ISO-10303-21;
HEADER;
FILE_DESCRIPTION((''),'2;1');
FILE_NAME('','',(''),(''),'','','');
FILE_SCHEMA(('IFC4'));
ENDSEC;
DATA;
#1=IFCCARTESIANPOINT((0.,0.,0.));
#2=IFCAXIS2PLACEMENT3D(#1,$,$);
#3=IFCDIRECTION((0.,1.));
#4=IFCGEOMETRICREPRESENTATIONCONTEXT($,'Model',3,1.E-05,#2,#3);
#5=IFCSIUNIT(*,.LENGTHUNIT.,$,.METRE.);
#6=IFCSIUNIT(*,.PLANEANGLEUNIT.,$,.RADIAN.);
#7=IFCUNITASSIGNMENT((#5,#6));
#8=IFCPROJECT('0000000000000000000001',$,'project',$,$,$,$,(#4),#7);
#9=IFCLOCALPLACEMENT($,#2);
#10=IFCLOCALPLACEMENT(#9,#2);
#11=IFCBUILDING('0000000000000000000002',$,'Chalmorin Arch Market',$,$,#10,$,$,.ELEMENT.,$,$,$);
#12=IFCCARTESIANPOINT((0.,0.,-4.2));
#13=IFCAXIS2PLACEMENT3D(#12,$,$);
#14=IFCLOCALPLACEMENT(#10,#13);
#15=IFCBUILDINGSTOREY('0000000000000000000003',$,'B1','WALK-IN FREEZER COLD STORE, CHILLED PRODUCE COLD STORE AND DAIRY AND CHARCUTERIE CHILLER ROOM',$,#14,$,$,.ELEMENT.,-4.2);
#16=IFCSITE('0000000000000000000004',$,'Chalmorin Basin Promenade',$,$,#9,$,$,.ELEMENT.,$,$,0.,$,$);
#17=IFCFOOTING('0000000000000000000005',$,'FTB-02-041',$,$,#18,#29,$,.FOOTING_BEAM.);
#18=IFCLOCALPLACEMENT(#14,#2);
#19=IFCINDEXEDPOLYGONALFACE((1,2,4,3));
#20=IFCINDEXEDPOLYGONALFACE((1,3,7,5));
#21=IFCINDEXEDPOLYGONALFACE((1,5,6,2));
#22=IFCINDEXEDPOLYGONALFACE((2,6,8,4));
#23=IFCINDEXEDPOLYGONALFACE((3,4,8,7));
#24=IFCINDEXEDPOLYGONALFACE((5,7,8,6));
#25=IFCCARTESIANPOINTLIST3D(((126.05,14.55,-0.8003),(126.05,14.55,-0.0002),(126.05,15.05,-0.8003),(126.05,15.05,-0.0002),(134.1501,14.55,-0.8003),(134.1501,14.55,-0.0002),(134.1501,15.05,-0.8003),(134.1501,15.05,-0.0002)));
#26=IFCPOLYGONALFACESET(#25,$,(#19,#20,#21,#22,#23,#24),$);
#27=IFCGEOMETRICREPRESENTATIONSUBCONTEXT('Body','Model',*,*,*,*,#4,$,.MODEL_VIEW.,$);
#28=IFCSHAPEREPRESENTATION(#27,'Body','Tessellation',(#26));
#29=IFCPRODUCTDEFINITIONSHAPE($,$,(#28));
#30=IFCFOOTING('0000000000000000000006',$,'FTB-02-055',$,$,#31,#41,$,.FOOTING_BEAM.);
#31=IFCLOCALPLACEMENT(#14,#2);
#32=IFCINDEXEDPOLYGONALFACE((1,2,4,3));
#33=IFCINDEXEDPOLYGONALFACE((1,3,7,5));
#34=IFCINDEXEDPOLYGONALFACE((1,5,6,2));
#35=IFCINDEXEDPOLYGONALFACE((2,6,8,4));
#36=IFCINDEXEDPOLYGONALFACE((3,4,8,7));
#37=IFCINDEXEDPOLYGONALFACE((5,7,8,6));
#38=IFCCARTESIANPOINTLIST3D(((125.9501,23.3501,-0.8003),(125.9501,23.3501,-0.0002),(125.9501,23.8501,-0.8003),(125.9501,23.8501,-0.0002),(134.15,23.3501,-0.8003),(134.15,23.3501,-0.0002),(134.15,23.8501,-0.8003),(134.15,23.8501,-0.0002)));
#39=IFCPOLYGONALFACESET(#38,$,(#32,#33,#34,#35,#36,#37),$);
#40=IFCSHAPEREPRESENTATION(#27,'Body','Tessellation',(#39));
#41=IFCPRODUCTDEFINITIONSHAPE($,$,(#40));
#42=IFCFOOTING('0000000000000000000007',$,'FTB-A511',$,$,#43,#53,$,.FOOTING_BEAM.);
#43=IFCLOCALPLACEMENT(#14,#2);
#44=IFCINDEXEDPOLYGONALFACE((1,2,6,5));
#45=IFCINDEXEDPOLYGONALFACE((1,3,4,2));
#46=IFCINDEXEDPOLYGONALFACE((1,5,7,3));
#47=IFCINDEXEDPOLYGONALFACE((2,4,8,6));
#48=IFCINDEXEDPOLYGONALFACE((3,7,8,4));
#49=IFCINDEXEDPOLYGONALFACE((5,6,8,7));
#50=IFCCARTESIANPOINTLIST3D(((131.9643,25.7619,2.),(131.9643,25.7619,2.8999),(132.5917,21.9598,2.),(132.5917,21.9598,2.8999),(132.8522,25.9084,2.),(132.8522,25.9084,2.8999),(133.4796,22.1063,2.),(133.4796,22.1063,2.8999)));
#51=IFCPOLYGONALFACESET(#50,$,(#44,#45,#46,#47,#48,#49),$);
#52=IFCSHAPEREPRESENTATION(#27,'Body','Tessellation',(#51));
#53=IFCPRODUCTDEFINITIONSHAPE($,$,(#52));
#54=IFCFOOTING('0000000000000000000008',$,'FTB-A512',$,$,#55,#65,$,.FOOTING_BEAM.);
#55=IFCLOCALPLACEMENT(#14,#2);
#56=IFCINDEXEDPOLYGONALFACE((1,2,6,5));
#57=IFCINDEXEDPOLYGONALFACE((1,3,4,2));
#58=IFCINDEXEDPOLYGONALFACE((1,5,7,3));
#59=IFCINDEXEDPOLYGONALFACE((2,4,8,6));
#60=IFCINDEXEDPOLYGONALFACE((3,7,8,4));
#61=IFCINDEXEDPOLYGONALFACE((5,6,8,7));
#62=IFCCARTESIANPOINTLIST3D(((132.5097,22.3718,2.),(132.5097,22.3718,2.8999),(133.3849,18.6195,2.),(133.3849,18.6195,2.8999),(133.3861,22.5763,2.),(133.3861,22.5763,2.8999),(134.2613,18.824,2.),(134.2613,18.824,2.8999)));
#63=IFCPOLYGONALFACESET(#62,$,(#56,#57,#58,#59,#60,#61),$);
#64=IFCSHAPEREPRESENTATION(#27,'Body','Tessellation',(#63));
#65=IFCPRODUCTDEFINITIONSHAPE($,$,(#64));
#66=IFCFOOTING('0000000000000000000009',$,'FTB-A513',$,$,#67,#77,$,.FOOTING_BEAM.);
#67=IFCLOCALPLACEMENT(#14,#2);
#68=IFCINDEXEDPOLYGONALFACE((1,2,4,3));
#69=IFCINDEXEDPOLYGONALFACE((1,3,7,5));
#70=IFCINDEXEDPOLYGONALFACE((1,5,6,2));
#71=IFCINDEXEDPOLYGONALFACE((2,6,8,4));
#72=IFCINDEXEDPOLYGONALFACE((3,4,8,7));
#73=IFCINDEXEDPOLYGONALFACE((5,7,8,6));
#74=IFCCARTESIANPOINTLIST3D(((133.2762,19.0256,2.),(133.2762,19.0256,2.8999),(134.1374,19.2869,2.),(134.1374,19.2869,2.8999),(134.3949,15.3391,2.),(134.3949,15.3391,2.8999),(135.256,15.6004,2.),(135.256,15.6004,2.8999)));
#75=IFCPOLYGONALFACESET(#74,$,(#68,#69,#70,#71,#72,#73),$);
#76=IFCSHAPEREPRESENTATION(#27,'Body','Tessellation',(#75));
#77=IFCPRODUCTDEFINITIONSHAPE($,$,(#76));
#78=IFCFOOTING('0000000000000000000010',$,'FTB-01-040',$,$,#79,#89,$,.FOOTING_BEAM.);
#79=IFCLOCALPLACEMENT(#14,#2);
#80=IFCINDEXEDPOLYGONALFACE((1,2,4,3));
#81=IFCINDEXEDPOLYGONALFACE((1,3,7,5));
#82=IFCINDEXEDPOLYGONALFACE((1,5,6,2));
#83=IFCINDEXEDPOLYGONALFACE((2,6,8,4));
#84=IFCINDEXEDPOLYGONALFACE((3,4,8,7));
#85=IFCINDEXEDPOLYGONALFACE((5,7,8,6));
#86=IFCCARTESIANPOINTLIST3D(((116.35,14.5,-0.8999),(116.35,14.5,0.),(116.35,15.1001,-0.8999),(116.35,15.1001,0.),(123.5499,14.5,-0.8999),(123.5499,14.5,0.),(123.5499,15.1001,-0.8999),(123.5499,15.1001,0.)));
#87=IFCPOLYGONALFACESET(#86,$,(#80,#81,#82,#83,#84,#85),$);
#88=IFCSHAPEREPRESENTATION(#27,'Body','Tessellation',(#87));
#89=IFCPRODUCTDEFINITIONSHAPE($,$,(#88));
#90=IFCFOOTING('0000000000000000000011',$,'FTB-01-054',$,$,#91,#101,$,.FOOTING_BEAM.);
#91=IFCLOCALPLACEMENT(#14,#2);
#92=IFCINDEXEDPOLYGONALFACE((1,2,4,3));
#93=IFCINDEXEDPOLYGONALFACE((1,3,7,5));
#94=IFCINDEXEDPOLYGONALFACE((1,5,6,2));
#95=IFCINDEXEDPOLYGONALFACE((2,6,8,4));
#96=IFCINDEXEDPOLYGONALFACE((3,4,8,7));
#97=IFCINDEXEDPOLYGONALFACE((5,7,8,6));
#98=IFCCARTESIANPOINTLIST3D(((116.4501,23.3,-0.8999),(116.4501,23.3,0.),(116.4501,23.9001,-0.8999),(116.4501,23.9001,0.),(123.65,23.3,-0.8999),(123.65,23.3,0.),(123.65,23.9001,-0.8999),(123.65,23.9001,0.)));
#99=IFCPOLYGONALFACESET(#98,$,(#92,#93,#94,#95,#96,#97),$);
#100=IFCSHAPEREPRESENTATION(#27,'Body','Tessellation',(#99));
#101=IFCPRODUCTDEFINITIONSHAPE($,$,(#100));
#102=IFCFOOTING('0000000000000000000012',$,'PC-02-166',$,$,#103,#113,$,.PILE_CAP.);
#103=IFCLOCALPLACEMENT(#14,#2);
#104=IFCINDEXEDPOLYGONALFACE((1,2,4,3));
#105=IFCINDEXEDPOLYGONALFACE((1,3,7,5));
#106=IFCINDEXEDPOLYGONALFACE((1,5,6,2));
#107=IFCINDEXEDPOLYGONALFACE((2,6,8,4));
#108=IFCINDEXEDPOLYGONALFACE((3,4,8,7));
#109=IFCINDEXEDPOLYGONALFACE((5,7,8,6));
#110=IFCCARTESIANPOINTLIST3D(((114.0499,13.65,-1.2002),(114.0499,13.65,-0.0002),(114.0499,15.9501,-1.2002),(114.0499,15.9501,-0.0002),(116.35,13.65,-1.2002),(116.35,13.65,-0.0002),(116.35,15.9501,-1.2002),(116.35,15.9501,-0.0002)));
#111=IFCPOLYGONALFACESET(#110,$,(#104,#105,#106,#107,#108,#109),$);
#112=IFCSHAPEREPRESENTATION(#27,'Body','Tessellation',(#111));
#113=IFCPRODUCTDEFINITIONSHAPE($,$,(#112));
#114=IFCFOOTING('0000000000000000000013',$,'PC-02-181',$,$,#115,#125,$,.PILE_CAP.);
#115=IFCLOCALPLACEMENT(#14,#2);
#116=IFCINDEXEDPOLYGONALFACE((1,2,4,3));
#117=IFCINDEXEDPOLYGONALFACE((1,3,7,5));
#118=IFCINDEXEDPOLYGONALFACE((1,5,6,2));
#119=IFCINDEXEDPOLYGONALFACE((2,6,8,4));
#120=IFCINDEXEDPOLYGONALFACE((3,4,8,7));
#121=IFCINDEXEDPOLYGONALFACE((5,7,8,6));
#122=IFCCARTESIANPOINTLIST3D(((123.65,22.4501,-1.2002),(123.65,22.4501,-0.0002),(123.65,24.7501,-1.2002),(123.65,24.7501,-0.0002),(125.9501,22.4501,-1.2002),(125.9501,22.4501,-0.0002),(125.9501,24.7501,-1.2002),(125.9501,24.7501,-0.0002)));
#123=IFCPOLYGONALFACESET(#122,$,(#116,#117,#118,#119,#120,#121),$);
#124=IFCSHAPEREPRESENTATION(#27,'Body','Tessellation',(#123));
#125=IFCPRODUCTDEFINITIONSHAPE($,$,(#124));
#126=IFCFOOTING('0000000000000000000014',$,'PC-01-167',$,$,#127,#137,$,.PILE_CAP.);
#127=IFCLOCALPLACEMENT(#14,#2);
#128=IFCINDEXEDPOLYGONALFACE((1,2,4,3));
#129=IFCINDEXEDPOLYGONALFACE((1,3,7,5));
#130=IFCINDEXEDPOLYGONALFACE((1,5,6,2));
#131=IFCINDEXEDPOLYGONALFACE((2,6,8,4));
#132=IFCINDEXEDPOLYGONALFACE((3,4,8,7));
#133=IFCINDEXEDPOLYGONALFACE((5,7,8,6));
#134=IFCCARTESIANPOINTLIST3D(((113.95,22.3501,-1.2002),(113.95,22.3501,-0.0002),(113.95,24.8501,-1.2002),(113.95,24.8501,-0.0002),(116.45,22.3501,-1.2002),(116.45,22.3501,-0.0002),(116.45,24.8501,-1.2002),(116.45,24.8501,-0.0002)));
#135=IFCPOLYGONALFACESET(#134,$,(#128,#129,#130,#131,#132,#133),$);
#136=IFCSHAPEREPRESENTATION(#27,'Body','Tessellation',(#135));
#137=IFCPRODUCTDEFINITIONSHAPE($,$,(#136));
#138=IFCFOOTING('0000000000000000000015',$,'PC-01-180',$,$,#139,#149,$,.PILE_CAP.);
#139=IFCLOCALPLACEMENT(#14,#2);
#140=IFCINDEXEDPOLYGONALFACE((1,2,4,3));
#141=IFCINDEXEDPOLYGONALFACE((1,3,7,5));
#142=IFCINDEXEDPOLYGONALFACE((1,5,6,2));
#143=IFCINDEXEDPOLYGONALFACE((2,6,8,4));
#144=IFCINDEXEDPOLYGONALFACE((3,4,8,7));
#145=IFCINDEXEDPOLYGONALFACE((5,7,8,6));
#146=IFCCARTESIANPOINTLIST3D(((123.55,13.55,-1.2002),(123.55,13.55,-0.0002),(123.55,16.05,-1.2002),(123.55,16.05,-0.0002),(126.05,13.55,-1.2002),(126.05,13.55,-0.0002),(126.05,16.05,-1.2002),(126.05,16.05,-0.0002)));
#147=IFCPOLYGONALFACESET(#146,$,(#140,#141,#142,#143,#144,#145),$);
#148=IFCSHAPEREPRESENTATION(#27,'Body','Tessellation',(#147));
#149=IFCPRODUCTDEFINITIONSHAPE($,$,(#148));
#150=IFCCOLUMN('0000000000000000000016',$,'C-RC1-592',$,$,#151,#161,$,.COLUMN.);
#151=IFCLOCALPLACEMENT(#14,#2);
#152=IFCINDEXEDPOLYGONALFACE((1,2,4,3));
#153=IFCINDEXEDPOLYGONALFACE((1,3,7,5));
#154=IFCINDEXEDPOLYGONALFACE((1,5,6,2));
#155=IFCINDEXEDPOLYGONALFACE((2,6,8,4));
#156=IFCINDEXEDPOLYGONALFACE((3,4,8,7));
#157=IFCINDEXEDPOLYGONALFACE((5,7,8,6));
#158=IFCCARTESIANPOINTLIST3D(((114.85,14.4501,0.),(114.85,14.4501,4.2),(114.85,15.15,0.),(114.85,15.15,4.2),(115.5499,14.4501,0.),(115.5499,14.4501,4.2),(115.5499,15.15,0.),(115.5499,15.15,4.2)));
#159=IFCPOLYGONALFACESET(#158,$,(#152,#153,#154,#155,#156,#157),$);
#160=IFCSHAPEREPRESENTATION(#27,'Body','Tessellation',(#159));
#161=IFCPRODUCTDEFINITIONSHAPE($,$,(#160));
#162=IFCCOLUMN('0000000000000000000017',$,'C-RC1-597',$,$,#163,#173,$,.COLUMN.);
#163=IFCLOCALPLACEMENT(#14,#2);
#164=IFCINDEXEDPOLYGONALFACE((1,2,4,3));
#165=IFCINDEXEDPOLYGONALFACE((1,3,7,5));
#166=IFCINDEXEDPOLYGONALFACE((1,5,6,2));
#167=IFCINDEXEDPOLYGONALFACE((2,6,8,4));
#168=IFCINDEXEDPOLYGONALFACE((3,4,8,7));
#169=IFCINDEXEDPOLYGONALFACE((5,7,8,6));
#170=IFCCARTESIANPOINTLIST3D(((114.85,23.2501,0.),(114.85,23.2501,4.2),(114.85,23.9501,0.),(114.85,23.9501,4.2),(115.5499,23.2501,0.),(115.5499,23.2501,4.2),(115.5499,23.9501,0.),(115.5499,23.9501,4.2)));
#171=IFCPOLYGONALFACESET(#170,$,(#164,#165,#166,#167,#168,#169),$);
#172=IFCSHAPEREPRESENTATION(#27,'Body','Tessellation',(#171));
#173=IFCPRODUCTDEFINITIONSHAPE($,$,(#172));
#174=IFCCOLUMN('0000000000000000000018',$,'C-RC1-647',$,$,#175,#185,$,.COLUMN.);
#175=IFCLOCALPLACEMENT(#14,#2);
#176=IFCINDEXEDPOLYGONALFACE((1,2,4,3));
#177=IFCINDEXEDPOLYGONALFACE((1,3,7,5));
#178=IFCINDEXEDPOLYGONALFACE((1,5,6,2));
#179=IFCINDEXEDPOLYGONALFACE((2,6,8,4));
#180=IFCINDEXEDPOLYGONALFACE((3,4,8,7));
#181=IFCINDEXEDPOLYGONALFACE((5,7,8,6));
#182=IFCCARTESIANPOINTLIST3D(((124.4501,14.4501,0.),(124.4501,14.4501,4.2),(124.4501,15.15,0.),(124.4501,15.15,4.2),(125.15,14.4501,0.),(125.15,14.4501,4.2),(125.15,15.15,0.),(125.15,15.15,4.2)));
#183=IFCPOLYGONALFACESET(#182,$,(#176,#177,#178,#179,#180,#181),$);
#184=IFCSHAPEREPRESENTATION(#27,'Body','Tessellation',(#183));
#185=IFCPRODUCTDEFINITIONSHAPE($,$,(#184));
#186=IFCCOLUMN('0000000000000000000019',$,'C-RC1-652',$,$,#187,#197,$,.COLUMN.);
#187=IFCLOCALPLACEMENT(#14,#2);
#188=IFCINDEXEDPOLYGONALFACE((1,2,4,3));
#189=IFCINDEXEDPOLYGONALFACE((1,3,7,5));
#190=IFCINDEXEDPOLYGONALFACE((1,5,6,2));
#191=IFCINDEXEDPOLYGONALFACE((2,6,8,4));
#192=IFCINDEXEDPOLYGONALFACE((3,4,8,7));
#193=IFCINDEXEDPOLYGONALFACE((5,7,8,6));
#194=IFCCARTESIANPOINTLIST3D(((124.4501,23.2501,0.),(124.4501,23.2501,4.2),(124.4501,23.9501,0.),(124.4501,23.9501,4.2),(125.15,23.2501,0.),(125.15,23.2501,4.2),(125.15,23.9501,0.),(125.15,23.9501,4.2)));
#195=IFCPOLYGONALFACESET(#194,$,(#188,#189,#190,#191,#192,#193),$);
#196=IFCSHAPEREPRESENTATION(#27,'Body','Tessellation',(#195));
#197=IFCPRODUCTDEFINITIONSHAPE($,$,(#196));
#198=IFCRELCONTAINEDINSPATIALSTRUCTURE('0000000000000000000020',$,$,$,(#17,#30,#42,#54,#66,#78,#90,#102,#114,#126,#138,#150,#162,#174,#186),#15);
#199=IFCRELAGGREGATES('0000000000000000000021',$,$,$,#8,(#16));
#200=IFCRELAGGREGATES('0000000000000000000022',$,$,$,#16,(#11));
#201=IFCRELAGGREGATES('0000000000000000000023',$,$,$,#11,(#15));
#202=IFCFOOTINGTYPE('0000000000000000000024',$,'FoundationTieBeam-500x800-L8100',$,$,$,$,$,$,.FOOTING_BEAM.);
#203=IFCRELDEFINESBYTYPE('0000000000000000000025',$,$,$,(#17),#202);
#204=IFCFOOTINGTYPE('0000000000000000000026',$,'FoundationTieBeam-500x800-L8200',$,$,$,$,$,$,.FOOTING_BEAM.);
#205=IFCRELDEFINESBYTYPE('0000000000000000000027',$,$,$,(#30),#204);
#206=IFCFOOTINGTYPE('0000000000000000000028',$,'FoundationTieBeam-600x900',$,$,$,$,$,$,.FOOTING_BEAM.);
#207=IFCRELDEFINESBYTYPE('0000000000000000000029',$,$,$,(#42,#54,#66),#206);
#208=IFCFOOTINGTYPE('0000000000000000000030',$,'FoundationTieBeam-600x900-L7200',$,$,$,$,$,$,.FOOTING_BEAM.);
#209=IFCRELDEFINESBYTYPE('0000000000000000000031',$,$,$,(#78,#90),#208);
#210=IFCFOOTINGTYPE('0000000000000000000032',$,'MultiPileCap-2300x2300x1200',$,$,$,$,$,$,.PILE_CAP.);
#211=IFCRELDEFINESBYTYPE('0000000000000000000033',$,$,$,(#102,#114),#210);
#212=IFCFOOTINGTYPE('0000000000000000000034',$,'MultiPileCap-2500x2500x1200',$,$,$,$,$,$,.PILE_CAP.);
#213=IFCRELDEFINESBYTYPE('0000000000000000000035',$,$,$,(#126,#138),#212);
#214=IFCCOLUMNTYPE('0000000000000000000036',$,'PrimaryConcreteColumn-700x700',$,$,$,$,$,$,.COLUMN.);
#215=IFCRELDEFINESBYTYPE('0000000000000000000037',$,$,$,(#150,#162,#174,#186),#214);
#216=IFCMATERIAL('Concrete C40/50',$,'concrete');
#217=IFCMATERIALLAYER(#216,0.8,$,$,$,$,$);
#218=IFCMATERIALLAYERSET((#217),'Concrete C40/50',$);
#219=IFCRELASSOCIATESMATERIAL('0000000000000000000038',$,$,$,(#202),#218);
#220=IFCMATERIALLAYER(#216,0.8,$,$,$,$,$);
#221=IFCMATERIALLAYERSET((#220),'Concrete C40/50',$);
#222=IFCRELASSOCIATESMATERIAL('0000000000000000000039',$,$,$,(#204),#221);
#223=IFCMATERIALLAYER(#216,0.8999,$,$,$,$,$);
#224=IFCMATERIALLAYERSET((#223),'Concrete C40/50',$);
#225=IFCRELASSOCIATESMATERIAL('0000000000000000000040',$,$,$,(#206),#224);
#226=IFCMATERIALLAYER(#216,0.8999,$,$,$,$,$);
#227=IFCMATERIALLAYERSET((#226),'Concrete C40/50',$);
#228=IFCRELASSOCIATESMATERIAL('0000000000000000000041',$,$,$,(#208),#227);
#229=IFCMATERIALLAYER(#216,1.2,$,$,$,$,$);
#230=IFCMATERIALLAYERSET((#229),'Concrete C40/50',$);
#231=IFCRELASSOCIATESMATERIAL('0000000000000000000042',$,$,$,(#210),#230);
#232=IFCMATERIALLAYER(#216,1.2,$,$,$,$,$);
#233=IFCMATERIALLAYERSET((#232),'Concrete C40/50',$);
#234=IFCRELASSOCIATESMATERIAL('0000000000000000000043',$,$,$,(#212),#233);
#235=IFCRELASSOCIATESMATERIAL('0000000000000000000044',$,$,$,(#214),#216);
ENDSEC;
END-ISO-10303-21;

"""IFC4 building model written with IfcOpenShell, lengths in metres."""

from ifc_helpers import new_model, si_unit, direction, frame, origin, origin_2d, place, context, subcontext, project, spatial, rectangle, extrude, material, layer, layer_set, material_profile, profile_set, type_object, element, save


model = new_model("IFC4")

# Units and contexts
model_context = context("Model", 3, precision=1e-05, world=origin(), true_north=direction((0.0, 1.0)))
body_context = subcontext(model_context, "Body", "Model", "MODEL_VIEW")
ifc_project = project(units=[si_unit("LENGTHUNIT", "METRE"), si_unit("PLANEANGLEUNIT", "RADIAN")], contexts=[model_context])

# Site, building, storey
site_placement = place(None, origin())
site = spatial("IfcSite", under=ifc_project, at=site_placement, Name="Chalmorin Basin Promenade", CompositionType="ELEMENT", RefElevation=0.0)
building_placement = place(site_placement, origin())
building = spatial("IfcBuilding", under=site, at=building_placement, Name="Chalmorin Arch Market", CompositionType="ELEMENT")
storey_placement = place(building_placement, frame((0.0, 0.0, -4.2)))
storey = spatial("IfcBuildingStorey", under=building, at=storey_placement, Name="B1", Description="WALK-IN FREEZER COLD STORE, CHILLED PRODUCE COLD STORE AND DAIRY AND CHARCUTERIE CHILLER ROOM", CompositionType="ELEMENT", Elevation=-4.2)

# Footings
ifc_material_1 = material(Name="Concrete C40/50", Category="concrete")
ifc_layer_1 = layer(ifc_material_1, 0.8)
ifc_layer_set_1 = layer_set([ifc_layer_1], Name="Concrete C40/50")
footing_type_1 = type_object("IfcFootingType", Name="FoundationTieBeam-500x800-L8100", PredefinedType="FOOTING_BEAM", material=ifc_layer_set_1)
footing_1_placement = place(storey_placement, frame((130.1001, 14.8, -0.8003), z_axis=(0.0, 0.0, 1.0), x_axis=(1.0, 0.0, 0.0)))
element("IfcFooting", 1, at=footing_1_placement, inside=storey, type_object=footing_type_1, Name="FTB-02-041", PredefinedType="FOOTING_BEAM", context=body_context, shape_type="SweptSolid", body=[
    extrude(rectangle(XDim=8.1001, YDim=0.5, at=origin_2d()), origin(), (0.0, 0.0, 1.0), 0.8),
])
ifc_layer_2 = layer(ifc_material_1, 0.8)
ifc_layer_set_2 = layer_set([ifc_layer_2], Name="Concrete C40/50")
footing_type_2 = type_object("IfcFootingType", Name="FoundationTieBeam-500x800-L8200", PredefinedType="FOOTING_BEAM", material=ifc_layer_set_2)
footing_2_placement = place(storey_placement, frame((130.05, 23.6001, -0.8003), z_axis=(0.0, 0.0, 1.0), x_axis=(1.0, 0.0, 0.0)))
element("IfcFooting", 2, at=footing_2_placement, inside=storey, type_object=footing_type_2, Name="FTB-02-055", PredefinedType="FOOTING_BEAM", context=body_context, shape_type="SweptSolid", body=[
    extrude(rectangle(XDim=8.2, YDim=0.5, at=origin_2d()), origin(), (0.0, 0.0, 1.0), 0.8),
])
ifc_layer_3 = layer(ifc_material_1, 0.8999)
ifc_layer_set_3 = layer_set([ifc_layer_3], Name="Concrete C40/50")
footing_type_3 = type_object("IfcFootingType", Name="FoundationTieBeam-600x900", PredefinedType="FOOTING_BEAM", material=ifc_layer_set_3)
footing_3_placement = place(storey_placement, frame((132.7219, 23.9341, 2.0), z_axis=(0.0, 0.0, 1.0), x_axis=(0.162809, -0.986658, 0.0)))
element("IfcFooting", 3, at=footing_3_placement, inside=storey, type_object=footing_type_3, Name="FTB-A511", PredefinedType="FOOTING_BEAM", context=body_context, shape_type="SweptSolid", body=[
    extrude(rectangle(XDim=3.8535, YDim=0.8999, at=origin_2d()), origin(), (0.0, 0.0, 1.0), 0.8999),
])
footing_4_placement = place(storey_placement, frame((133.3855, 20.5979, 2.0), z_axis=(0.0, 0.0, 1.0), x_axis=(0.227161, -0.973857, 0.0)))
element("IfcFooting", 4, at=footing_4_placement, inside=storey, type_object=footing_type_3, Name="FTB-A512", PredefinedType="FOOTING_BEAM", context=body_context, shape_type="SweptSolid", body=[
    extrude(rectangle(XDim=3.853, YDim=0.8999, at=origin_2d()), origin(), (0.0, 0.0, 1.0), 0.8999),
])
footing_5_placement = place(storey_placement, frame((134.2661, 17.313, 2.0), z_axis=(0.0, 0.0, 1.0), x_axis=(0.290368, -0.956915, 0.0)))
element("IfcFooting", 5, at=footing_5_placement, inside=storey, type_object=footing_type_3, Name="FTB-A513", PredefinedType="FOOTING_BEAM", context=body_context, shape_type="SweptSolid", body=[
    extrude(rectangle(XDim=3.8525, YDim=0.8999, at=origin_2d()), origin(), (0.0, 0.0, 1.0), 0.8999),
])
ifc_layer_4 = layer(ifc_material_1, 0.8999)
ifc_layer_set_4 = layer_set([ifc_layer_4], Name="Concrete C40/50")
footing_type_4 = type_object("IfcFootingType", Name="FoundationTieBeam-600x900-L7200", PredefinedType="FOOTING_BEAM", material=ifc_layer_set_4)
for number, where, z_axis, x_axis, name in (
    (6, (119.95, 14.8, -0.8999), (0.0, 0.0, 1.0), (1.0, 0.0, 0.0), "FTB-01-040"),
    (7, (120.05, 23.6001, -0.8999), (0.0, 0.0, 1.0), (1.0, 0.0, 0.0), "FTB-01-054"),
):
    element("IfcFooting", number, at=place(storey_placement, frame(where, z_axis=z_axis, x_axis=x_axis)), inside=storey, type_object=footing_type_4, Name=name, PredefinedType="FOOTING_BEAM", context=body_context, shape_type="SweptSolid", body=[
        extrude(rectangle(XDim=7.2, YDim=0.6001, at=origin_2d()), origin(), (0.0, 0.0, 1.0), 0.8999),
    ])
ifc_layer_5 = layer(ifc_material_1, 1.2)
ifc_layer_set_5 = layer_set([ifc_layer_5], Name="Concrete C40/50")
footing_type_5 = type_object("IfcFootingType", Name="MultiPileCap-2300x2300x1200", PredefinedType="PILE_CAP", material=ifc_layer_set_5)
for number, where, z_axis, x_axis, name in (
    (8, (115.2, 14.8, -1.2002), (0.0, 0.0, 1.0), (1.0, 0.0, 0.0), "PC-02-166"),
    (9, (124.8, 23.6001, -1.2002), (0.0, 0.0, 1.0), (1.0, 0.0, 0.0), "PC-02-181"),
):
    element("IfcFooting", number, at=place(storey_placement, frame(where, z_axis=z_axis, x_axis=x_axis)), inside=storey, type_object=footing_type_5, Name=name, PredefinedType="PILE_CAP", context=body_context, shape_type="SweptSolid", body=[
        extrude(rectangle(XDim=2.3, YDim=2.3, at=origin_2d()), origin(), (0.0, 0.0, 1.0), 1.2),
    ])
ifc_layer_6 = layer(ifc_material_1, 1.2)
ifc_layer_set_6 = layer_set([ifc_layer_6], Name="Concrete C40/50")
footing_type_6 = type_object("IfcFootingType", Name="MultiPileCap-2500x2500x1200", PredefinedType="PILE_CAP", material=ifc_layer_set_6)
for number, where, z_axis, x_axis, name in (
    (10, (115.2, 23.6001, -1.2002), (0.0, 0.0, 1.0), (1.0, 0.0, 0.0), "PC-01-167"),
    (11, (124.8, 14.8, -1.2002), (0.0, 0.0, 1.0), (1.0, 0.0, 0.0), "PC-01-180"),
):
    element("IfcFooting", number, at=place(storey_placement, frame(where, z_axis=z_axis, x_axis=x_axis)), inside=storey, type_object=footing_type_6, Name=name, PredefinedType="PILE_CAP", context=body_context, shape_type="SweptSolid", body=[
        extrude(rectangle(XDim=2.5, YDim=2.5, at=origin_2d()), origin(), (0.0, 0.0, 1.0), 1.2),
    ])

# Columns
ifc_material_profile_1 = material_profile(ifc_material_1, rectangle(XDim=0.7, YDim=0.7, at=origin_2d()), Name="RC700X700")
ifc_profile_set_1 = profile_set([ifc_material_profile_1], Name="Concrete C40/50")
column_type = type_object("IfcColumnType", Name="PrimaryConcreteColumn-700x700", PredefinedType="COLUMN", material=ifc_profile_set_1)
for number, where, z_axis, x_axis, name in (
    (12, (115.2, 14.8, 0.0), (0.0, 0.0, 1.0), (1.0, 0.0, 0.0), "C-RC1-592"),
    (13, (115.2, 23.6001, 0.0), (0.0, 0.0, 1.0), (1.0, 0.0, 0.0), "C-RC1-597"),
    (14, (124.8, 14.8, 0.0), (0.0, 0.0, 1.0), (1.0, 0.0, 0.0), "C-RC1-647"),
    (15, (124.8, 23.6001, 0.0), (0.0, 0.0, 1.0), (1.0, 0.0, 0.0), "C-RC1-652"),
):
    element("IfcColumn", number, at=place(storey_placement, frame(where, z_axis=z_axis, x_axis=x_axis)), inside=storey, type_object=column_type, Name=name, PredefinedType="COLUMN", context=body_context, shape_type="SweptSolid", body=[
        extrude(rectangle(XDim=0.7, YDim=0.7, at=origin_2d()), origin(), (0.0, 0.0, 1.0), 4.2),
    ])

save(model, "model.ifc")
